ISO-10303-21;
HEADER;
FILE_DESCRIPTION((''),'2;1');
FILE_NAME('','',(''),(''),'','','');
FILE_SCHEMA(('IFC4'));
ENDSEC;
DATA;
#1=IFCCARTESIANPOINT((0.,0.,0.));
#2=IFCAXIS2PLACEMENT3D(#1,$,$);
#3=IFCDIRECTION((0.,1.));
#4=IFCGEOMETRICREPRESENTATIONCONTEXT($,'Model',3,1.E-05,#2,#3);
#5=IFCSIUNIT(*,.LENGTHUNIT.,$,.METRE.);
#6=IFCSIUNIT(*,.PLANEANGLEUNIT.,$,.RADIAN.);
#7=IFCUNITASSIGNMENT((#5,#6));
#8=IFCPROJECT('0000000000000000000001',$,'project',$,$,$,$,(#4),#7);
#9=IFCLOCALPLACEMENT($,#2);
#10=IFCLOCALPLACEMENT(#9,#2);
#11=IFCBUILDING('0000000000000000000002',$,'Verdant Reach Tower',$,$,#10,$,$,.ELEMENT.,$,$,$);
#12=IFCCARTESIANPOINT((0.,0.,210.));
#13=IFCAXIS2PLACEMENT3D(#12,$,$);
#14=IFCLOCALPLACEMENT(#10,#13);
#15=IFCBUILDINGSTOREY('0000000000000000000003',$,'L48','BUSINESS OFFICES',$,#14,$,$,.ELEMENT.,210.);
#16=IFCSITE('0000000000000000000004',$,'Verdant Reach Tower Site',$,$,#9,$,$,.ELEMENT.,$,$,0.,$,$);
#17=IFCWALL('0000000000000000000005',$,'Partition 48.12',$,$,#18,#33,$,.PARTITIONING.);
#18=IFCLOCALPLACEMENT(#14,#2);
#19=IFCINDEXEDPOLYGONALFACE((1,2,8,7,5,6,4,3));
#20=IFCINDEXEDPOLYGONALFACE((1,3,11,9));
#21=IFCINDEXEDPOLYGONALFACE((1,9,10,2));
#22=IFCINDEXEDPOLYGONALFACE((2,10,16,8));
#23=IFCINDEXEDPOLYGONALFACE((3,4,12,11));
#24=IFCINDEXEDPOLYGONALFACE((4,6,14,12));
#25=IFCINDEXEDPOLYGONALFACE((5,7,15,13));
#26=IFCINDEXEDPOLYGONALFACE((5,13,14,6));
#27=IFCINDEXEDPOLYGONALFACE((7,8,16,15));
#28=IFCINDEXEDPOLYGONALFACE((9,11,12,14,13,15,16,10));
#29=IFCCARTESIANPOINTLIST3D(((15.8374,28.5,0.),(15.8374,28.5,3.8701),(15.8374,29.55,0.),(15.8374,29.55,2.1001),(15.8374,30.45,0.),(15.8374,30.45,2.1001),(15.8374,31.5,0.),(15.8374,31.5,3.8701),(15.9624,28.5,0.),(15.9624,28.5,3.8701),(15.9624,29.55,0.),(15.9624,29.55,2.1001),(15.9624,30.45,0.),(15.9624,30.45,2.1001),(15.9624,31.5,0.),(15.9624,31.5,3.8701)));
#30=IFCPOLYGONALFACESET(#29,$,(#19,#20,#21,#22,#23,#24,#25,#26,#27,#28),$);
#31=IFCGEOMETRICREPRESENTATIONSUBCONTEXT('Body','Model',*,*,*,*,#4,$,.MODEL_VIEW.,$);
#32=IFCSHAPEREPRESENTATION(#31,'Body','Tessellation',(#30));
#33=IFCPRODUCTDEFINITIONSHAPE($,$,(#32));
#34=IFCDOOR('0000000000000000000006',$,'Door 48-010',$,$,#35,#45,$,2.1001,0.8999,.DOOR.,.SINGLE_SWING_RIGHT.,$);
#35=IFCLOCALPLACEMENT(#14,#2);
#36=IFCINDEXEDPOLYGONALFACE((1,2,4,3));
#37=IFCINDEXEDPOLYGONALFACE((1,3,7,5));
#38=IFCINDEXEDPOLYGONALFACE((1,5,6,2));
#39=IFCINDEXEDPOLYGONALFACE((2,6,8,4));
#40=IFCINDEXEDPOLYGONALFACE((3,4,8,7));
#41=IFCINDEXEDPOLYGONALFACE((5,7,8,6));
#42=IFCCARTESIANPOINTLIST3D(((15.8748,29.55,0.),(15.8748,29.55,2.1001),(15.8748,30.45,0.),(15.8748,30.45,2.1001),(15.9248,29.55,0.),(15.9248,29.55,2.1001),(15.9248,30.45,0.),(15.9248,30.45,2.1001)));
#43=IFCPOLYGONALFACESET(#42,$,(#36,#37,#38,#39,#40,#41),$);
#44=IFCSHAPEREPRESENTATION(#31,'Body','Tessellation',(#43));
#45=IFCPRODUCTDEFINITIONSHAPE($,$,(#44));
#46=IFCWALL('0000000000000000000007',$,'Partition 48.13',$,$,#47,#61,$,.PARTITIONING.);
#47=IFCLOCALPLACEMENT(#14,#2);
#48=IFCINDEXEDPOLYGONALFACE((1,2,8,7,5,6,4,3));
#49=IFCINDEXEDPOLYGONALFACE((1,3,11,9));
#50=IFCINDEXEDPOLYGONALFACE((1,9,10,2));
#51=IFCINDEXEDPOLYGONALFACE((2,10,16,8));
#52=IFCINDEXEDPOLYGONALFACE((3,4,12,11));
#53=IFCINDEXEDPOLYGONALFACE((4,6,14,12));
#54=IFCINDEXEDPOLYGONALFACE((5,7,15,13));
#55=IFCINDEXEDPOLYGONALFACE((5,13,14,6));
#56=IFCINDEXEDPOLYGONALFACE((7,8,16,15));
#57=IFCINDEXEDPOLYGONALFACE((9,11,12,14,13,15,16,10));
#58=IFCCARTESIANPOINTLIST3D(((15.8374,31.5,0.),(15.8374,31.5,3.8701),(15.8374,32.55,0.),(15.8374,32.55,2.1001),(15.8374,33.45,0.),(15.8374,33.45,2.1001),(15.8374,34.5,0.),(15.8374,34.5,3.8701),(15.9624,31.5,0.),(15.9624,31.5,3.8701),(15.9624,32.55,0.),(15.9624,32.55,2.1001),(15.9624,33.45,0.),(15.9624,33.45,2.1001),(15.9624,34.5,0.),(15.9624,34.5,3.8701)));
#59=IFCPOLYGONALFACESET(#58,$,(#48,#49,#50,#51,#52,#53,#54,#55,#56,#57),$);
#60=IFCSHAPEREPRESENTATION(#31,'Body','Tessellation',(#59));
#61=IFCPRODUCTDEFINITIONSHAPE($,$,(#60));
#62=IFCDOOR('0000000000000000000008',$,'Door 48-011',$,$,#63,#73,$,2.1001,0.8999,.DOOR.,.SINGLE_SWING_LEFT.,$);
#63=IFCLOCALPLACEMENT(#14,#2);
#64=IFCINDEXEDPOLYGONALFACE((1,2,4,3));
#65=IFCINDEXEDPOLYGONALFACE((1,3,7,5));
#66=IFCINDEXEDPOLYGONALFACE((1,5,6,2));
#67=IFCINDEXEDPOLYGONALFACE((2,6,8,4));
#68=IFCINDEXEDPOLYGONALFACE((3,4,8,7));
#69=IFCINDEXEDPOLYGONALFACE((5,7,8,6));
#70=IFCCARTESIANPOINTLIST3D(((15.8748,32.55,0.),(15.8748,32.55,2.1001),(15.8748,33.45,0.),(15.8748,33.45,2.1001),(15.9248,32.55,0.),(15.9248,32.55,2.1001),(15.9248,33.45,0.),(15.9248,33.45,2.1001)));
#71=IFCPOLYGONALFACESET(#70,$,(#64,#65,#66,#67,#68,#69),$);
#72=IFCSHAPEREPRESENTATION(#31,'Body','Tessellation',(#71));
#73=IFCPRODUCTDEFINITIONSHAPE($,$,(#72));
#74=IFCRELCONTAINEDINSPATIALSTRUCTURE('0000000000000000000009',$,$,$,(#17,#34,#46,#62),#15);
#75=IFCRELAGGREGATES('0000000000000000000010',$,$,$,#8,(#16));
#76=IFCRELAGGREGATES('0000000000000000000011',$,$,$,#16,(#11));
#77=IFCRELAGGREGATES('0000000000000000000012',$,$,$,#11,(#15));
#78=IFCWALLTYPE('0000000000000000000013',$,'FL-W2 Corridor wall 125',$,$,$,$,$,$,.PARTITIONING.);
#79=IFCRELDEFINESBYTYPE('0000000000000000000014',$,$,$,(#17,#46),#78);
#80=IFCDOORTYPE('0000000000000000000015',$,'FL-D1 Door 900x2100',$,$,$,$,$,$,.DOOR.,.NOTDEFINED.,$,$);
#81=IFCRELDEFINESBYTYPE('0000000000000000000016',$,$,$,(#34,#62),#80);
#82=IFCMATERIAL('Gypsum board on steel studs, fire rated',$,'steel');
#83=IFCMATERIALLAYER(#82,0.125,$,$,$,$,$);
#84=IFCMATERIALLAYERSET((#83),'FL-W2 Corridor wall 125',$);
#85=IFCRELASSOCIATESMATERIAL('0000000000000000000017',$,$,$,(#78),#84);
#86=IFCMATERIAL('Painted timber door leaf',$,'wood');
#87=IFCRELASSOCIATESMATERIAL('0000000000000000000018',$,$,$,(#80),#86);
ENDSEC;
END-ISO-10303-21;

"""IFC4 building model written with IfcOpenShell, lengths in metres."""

from ifc_helpers import new_model, si_unit, direction, frame, frame_2d, origin, place, context, subcontext, project, spatial, rectangle, extrude, material, layer, layer_set, type_object, element, fill, save


model = new_model("IFC4")

# Units and contexts
model_context = context("Model", 3, precision=1e-05, world=origin(), true_north=direction((0.0, 1.0)))
body_context = subcontext(model_context, "Body", "Model", "MODEL_VIEW")
ifc_project = project(units=[si_unit("LENGTHUNIT", "METRE"), si_unit("PLANEANGLEUNIT", "RADIAN")], contexts=[model_context])

# Site, building, storey
site_placement = place(None, origin())
site = spatial("IfcSite", under=ifc_project, at=site_placement, Name="Verdant Reach Tower Site", CompositionType="ELEMENT", RefElevation=0.0)
building_placement = place(site_placement, origin())
building = spatial("IfcBuilding", under=site, at=building_placement, Name="Verdant Reach Tower", CompositionType="ELEMENT")
storey_placement = place(building_placement, frame((0.0, 0.0, 210.0)))
storey = spatial("IfcBuildingStorey", under=building, at=storey_placement, Name="L48", Description="BUSINESS OFFICES", CompositionType="ELEMENT", Elevation=210.0)

# Walls, openings, doors
ifc_material_1 = material(Name="Gypsum board on steel studs, fire rated", Category="steel")
ifc_layer_1 = layer(ifc_material_1, 0.125)
ifc_layer_set_1 = layer_set([ifc_layer_1], Name="FL-W2 Corridor wall 125")
wall_type_1 = type_object("IfcWallType", Name="FL-W2 Corridor wall 125", PredefinedType="PARTITIONING", material=ifc_layer_set_1)
wall_1_placement = place(storey_placement, frame((15.8999, 31.5, 0.0), z_axis=(0.0, 0.0, 1.0), x_axis=(0.0, -1.0, 0.0)))
wall_1 = element("IfcWall", 1, at=wall_1_placement, inside=storey, type_object=wall_type_1, Name="Partition 48.12", PredefinedType="PARTITIONING", context=body_context, shape_type="SweptSolid", body=[
    extrude(rectangle(XDim=3.0, YDim=0.125, at=frame_2d((1.5, 0.0))), origin(), (0.0, 0.0, 1.0), 3.8701),
])
opening_1_placement = place(wall_1_placement, frame((1.05, 0.0, 0.0)))
opening_1 = element("IfcOpeningElement", 2, at=opening_1_placement, cuts=wall_1, PredefinedType="OPENING", context=body_context, shape_type="SweptSolid", body=[
    extrude(rectangle(XDim=0.8999, YDim=2.1001, at=frame_2d((0.45, 1.05))), frame((0.0, 0.0725, 0.0), z_axis=(0.0, -1.0, 0.0), x_axis=(1.0, 0.0, 0.0)), (0.0, 0.0, 1.0), 0.145),
])
ifc_material_2 = material(Name="Painted timber door leaf", Category="wood")
door_type_1 = type_object("IfcDoorType", Name="FL-D1 Door 900x2100", OperationType="NOTDEFINED", PredefinedType="DOOR", material=ifc_material_2)
door_1_placement = place(opening_1_placement, origin())
door_1 = element("IfcDoor", 3, at=door_1_placement, inside=storey, type_object=door_type_1, Name="Door 48-010", OperationType="SINGLE_SWING_RIGHT", OverallHeight=2.1001, OverallWidth=0.8999, PredefinedType="DOOR", context=body_context, shape_type="SweptSolid", body=[
    extrude(rectangle(XDim=0.8999, YDim=2.1001, at=frame_2d((0.45, 1.05))), frame((0.0, 0.0249, 0.0), z_axis=(0.0, -1.0, 0.0), x_axis=(1.0, 0.0, 0.0)), (0.0, 0.0, 1.0), 0.05),
])
fill(opening_1, door_1)
wall_2_placement = place(storey_placement, frame((15.8999, 34.5, 0.0), z_axis=(0.0, 0.0, 1.0), x_axis=(0.0, -1.0, 0.0)))
wall_2 = element("IfcWall", 4, at=wall_2_placement, inside=storey, type_object=wall_type_1, Name="Partition 48.13", PredefinedType="PARTITIONING", context=body_context, shape_type="SweptSolid", body=[
    extrude(rectangle(XDim=3.0, YDim=0.125, at=frame_2d((1.5, 0.0))), origin(), (0.0, 0.0, 1.0), 3.8701),
])
opening_2_placement = place(wall_2_placement, frame((1.05, 0.0, 0.0)))
opening_2 = element("IfcOpeningElement", 5, at=opening_2_placement, cuts=wall_2, PredefinedType="OPENING", context=body_context, shape_type="SweptSolid", body=[
    extrude(rectangle(XDim=0.8999, YDim=2.1001, at=frame_2d((0.45, 1.05))), frame((0.0, 0.0725, 0.0), z_axis=(0.0, -1.0, 0.0), x_axis=(1.0, 0.0, 0.0)), (0.0, 0.0, 1.0), 0.145),
])
door_2_placement = place(opening_2_placement, origin())
door_2 = element("IfcDoor", 6, at=door_2_placement, inside=storey, type_object=door_type_1, Name="Door 48-011", OperationType="SINGLE_SWING_LEFT", OverallHeight=2.1001, OverallWidth=0.8999, PredefinedType="DOOR", context=body_context, shape_type="SweptSolid", body=[
    extrude(rectangle(XDim=0.8999, YDim=2.1001, at=frame_2d((0.45, 1.05))), frame((0.0, 0.0249, 0.0), z_axis=(0.0, -1.0, 0.0), x_axis=(1.0, 0.0, 0.0)), (0.0, 0.0, 1.0), 0.05),
])
fill(opening_2, door_2)

save(model, "model.ifc")
